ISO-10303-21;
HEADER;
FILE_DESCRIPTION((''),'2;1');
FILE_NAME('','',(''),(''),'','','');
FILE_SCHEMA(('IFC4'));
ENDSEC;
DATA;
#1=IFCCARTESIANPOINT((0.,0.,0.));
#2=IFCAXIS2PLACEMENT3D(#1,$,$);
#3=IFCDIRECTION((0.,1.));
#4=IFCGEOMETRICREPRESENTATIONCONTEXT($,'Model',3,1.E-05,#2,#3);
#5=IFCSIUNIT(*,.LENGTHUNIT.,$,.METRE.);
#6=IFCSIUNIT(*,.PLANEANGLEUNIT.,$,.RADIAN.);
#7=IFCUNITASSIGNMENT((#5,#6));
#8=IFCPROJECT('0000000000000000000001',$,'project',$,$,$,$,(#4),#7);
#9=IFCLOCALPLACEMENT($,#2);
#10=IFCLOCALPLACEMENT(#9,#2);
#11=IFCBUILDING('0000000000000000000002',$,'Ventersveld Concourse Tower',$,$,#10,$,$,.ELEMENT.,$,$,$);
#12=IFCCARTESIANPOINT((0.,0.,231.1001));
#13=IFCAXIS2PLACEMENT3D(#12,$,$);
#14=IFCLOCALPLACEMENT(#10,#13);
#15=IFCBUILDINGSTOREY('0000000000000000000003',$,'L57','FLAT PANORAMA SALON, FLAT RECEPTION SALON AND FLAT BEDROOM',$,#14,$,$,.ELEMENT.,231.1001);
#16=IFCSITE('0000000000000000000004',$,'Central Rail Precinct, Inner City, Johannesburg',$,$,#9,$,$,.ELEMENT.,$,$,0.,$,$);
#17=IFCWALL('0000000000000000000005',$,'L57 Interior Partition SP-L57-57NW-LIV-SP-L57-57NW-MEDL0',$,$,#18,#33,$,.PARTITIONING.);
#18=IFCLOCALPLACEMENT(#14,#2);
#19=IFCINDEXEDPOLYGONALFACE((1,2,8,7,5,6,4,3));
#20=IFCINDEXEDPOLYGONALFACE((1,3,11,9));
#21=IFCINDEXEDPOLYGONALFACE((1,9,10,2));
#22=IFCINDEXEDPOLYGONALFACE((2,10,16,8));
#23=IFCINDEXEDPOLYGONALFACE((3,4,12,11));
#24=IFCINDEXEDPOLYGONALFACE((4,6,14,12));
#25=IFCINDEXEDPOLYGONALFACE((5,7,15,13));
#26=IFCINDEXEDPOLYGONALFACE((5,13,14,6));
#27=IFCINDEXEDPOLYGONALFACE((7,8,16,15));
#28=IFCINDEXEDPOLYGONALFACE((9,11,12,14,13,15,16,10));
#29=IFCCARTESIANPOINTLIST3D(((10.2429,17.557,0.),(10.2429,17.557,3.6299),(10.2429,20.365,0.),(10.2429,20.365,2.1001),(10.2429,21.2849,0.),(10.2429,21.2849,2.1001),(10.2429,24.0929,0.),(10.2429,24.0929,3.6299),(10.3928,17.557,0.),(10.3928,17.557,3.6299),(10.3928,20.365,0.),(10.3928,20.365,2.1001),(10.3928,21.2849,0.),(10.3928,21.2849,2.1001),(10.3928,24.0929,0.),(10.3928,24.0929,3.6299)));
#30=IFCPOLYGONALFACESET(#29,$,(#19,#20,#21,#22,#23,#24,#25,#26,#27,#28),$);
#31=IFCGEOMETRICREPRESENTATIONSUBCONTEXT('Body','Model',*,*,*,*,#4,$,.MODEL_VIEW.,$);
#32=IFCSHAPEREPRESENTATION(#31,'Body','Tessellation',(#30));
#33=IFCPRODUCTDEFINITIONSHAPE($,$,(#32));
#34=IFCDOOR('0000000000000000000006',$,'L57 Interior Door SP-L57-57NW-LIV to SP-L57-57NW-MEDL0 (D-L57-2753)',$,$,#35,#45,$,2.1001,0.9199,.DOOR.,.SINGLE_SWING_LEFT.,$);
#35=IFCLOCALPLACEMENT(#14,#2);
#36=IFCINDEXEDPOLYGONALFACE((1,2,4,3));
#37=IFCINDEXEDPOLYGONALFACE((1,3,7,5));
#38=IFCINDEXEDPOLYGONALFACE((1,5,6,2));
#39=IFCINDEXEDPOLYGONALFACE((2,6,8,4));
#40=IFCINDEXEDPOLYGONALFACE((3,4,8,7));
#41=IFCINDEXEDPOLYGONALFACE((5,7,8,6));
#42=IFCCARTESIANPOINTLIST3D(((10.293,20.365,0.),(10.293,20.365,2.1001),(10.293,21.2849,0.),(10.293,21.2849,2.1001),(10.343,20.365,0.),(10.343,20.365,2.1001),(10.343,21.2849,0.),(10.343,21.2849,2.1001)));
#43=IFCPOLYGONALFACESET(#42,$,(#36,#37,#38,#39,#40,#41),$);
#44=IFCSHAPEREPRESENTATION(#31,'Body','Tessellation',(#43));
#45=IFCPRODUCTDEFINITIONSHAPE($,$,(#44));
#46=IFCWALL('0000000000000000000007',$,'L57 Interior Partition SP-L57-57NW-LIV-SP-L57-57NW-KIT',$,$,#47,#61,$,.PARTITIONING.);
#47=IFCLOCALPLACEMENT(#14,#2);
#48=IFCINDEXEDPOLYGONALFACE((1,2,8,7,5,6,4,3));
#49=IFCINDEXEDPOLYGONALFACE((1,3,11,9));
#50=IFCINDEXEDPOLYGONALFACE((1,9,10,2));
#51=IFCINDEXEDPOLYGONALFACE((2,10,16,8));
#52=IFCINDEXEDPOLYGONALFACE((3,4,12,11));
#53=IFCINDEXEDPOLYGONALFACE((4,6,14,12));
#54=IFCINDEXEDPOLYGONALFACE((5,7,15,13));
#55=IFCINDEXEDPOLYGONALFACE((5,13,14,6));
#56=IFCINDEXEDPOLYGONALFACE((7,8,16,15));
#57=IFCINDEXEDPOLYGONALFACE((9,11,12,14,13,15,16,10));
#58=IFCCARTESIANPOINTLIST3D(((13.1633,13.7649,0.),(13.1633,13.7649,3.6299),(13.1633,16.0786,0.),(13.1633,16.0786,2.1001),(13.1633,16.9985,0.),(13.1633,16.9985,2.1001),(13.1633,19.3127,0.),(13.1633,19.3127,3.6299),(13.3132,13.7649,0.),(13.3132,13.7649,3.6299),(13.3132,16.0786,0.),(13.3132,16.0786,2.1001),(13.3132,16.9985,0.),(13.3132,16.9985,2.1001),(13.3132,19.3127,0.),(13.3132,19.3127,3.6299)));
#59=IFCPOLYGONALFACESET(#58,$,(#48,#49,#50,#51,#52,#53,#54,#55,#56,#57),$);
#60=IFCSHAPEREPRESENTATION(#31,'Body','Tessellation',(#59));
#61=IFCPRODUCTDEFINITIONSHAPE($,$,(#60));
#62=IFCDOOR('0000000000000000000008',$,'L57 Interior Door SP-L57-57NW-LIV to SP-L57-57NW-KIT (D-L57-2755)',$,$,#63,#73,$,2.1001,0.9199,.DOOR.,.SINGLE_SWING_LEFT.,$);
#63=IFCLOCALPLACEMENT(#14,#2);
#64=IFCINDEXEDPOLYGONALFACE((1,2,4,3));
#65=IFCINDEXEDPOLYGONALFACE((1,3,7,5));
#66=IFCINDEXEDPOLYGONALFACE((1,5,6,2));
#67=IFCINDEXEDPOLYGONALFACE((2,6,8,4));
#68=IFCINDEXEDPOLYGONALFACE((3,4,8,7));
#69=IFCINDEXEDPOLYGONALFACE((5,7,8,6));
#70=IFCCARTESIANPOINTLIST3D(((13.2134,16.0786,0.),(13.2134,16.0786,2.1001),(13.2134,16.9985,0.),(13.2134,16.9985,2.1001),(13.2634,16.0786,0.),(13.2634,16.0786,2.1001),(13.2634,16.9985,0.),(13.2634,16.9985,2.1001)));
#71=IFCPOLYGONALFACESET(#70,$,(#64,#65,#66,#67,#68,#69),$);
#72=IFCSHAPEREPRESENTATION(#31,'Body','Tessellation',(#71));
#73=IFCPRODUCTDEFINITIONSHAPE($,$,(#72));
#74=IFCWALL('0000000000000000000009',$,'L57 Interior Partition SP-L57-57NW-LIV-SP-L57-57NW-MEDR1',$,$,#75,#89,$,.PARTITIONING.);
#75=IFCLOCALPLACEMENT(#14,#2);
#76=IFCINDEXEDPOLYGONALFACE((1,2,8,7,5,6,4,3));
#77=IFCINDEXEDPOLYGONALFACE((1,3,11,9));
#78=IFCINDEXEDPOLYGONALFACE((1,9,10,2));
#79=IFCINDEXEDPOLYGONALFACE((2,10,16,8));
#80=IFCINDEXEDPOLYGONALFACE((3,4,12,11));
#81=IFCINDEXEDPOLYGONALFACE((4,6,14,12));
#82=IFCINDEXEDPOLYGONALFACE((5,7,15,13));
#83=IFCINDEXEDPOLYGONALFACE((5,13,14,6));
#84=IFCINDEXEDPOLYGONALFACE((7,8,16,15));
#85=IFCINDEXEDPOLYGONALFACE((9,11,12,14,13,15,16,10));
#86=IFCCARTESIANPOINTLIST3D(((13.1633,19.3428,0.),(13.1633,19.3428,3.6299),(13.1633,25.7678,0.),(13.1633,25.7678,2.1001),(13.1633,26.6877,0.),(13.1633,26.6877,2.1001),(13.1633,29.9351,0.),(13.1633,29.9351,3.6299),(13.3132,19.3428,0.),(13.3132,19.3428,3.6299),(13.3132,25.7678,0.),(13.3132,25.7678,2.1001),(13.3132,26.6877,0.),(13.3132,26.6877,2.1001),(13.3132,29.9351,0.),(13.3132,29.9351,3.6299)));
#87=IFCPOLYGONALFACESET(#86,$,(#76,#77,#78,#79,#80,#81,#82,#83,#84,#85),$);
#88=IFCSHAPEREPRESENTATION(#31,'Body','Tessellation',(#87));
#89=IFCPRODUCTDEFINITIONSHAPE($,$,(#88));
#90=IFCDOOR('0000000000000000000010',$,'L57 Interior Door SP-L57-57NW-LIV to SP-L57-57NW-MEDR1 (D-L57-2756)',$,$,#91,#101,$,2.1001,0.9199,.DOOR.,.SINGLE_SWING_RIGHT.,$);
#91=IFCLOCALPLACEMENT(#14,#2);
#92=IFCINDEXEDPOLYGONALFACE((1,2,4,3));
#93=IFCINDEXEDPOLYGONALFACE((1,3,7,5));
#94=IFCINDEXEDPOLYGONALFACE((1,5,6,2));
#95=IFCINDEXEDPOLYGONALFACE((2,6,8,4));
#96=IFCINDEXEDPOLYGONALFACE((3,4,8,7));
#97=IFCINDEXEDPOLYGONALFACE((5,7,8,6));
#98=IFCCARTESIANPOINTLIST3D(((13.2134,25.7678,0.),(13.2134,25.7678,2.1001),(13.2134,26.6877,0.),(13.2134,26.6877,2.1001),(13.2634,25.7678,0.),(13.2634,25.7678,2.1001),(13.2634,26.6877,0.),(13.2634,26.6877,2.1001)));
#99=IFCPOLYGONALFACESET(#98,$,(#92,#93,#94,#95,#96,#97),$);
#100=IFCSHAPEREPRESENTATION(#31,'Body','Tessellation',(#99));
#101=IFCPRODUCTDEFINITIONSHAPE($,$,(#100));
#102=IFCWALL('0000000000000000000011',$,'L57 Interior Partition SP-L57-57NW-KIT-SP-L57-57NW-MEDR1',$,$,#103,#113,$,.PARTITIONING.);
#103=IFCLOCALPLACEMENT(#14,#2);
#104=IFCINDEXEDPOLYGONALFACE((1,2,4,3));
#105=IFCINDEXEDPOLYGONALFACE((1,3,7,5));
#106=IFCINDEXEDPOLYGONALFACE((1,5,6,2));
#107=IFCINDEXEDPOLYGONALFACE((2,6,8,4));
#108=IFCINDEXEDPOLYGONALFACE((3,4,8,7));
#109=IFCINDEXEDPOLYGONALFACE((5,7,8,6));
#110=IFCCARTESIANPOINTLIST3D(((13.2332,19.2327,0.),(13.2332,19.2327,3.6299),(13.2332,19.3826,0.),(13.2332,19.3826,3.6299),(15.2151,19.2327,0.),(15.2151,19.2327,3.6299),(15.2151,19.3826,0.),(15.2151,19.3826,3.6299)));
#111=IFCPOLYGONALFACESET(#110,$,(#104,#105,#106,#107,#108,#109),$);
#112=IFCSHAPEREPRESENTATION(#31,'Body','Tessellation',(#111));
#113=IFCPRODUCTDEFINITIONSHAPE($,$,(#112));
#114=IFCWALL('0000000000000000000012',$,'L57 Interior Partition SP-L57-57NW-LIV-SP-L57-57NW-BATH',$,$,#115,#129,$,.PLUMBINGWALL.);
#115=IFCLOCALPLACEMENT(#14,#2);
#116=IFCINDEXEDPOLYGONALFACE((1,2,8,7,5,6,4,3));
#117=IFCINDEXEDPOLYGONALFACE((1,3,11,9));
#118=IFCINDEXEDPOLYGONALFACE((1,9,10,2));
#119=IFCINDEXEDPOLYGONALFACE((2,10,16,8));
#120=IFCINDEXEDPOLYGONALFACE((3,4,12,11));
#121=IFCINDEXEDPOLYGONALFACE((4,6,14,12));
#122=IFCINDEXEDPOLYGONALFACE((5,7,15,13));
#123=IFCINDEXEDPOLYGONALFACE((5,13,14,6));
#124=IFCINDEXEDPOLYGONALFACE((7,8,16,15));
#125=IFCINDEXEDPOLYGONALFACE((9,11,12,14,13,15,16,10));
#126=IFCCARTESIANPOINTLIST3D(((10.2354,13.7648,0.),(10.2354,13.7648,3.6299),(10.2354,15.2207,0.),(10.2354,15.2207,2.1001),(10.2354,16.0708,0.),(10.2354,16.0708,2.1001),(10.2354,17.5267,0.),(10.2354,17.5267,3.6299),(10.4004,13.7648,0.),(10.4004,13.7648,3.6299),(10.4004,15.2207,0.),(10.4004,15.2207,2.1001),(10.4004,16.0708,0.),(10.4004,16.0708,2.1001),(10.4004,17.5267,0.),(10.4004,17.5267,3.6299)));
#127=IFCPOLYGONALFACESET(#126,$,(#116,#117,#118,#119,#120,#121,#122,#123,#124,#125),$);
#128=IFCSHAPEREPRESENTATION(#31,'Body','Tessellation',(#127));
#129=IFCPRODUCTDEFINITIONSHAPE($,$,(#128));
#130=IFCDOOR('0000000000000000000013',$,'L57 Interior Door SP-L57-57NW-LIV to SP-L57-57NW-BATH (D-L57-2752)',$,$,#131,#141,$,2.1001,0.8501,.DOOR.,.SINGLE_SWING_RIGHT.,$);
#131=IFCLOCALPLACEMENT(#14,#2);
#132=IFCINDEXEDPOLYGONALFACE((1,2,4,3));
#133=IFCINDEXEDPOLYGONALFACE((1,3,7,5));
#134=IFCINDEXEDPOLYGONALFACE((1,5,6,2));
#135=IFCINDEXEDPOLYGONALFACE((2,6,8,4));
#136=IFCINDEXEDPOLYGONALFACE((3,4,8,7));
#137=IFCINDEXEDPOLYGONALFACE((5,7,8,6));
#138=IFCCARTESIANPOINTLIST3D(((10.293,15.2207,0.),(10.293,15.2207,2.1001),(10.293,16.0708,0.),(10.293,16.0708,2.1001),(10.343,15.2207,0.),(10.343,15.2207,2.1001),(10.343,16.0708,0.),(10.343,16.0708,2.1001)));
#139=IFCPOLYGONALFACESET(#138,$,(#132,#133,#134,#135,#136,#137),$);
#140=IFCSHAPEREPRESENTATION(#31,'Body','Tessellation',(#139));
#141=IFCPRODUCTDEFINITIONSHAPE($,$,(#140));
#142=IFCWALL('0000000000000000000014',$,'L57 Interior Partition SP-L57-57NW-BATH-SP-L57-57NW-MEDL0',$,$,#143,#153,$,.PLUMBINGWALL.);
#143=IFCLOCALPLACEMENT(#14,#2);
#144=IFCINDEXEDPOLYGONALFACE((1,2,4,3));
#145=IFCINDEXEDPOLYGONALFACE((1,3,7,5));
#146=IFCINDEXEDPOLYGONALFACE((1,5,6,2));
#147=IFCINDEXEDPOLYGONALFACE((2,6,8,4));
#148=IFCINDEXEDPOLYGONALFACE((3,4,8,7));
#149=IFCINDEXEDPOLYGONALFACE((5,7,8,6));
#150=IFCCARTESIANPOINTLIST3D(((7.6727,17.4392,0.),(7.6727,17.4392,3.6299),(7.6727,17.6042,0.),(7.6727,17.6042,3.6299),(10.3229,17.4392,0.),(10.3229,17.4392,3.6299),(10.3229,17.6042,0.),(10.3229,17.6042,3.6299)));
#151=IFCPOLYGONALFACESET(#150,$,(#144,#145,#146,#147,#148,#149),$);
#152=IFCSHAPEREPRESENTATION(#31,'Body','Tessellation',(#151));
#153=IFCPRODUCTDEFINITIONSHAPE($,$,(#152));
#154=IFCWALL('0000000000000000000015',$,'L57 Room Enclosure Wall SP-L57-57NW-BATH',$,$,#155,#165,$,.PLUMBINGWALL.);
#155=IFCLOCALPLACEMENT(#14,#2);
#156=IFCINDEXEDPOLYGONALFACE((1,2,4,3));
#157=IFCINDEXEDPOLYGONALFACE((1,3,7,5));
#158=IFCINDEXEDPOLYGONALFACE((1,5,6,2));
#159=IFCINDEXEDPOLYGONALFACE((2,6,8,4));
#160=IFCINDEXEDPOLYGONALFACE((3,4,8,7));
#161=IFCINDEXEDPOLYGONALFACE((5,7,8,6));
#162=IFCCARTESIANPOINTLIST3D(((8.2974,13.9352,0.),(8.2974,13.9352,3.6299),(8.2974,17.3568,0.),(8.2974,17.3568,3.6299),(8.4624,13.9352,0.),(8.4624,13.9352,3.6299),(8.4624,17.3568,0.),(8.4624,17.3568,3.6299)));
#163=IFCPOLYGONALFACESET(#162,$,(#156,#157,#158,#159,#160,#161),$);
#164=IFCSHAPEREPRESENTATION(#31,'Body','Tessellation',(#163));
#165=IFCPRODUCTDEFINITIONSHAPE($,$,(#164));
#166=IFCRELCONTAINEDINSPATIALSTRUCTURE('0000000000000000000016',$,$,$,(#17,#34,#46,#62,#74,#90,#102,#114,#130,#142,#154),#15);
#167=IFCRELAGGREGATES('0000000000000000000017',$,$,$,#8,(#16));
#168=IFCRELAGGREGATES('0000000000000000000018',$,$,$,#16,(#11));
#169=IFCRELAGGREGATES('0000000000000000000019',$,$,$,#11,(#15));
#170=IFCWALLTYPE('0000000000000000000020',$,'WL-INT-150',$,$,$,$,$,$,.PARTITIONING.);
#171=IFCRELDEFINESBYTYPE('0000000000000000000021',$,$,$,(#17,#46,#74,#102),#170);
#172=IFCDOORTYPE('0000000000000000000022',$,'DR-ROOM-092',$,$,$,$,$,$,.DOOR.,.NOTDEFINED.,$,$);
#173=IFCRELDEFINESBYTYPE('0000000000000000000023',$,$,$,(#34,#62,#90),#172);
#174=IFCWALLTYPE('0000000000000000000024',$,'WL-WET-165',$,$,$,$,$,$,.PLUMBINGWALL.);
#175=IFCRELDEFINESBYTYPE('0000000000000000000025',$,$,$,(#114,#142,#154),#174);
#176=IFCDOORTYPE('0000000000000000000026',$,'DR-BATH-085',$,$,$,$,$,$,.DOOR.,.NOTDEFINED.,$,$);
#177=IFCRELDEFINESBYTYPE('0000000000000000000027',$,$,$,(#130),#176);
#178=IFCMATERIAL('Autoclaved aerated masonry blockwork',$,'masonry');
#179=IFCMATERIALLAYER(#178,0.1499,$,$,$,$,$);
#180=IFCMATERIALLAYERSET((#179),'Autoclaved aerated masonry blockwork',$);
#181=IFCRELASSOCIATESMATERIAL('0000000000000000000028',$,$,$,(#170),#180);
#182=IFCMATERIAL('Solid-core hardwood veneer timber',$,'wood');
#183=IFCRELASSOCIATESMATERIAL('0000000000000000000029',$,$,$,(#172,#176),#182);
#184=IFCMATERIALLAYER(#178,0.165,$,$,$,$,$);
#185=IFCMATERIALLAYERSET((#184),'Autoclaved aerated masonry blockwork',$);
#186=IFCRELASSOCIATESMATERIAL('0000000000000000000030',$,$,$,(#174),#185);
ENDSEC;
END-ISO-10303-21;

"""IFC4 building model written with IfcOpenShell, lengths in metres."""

from ifc_helpers import new_model, si_unit, direction, frame, frame_2d, origin, place, context, subcontext, project, spatial, rectangle, extrude, material, layer, layer_set, type_object, element, fill, save


model = new_model("IFC4")

# Units and contexts
model_context = context("Model", 3, precision=1e-05, world=origin(), true_north=direction((0.0, 1.0)))
body_context = subcontext(model_context, "Body", "Model", "MODEL_VIEW")
ifc_project = project(units=[si_unit("LENGTHUNIT", "METRE"), si_unit("PLANEANGLEUNIT", "RADIAN")], contexts=[model_context])

# Site, building, storey
site_placement = place(None, origin())
site = spatial("IfcSite", under=ifc_project, at=site_placement, Name="Central Rail Precinct, Inner City, Johannesburg", CompositionType="ELEMENT", RefElevation=0.0)
building_placement = place(site_placement, origin())
building = spatial("IfcBuilding", under=site, at=building_placement, Name="Ventersveld Concourse Tower", CompositionType="ELEMENT")
storey_placement = place(building_placement, frame((0.0, 0.0, 231.1001)))
storey = spatial("IfcBuildingStorey", under=building, at=storey_placement, Name="L57", Description="FLAT PANORAMA SALON, FLAT RECEPTION SALON AND FLAT BEDROOM", CompositionType="ELEMENT", Elevation=231.1001)

# Shared definitions
ifc_material_1 = material(Name="Solid-core hardwood veneer timber", Category="wood")

# Walls, openings, doors
ifc_material_2 = material(Name="Autoclaved aerated masonry blockwork", Category="masonry")
ifc_layer_1 = layer(ifc_material_2, 0.1499)
ifc_layer_set_1 = layer_set([ifc_layer_1], Name="Autoclaved aerated masonry blockwork")
wall_type_1 = type_object("IfcWallType", Name="WL-INT-150", PredefinedType="PARTITIONING", material=ifc_layer_set_1)
wall_1_placement = place(storey_placement, frame((10.3179, 17.5569, 0.0), z_axis=(0.0, 0.0, 1.0), x_axis=(0.0, 1.0, 0.0)))
wall_1 = element("IfcWall", 1, at=wall_1_placement, inside=storey, type_object=wall_type_1, Name="L57 Interior Partition SP-L57-57NW-LIV-SP-L57-57NW-MEDL0", PredefinedType="PARTITIONING", context=body_context, shape_type="SweptSolid", body=[
    extrude(rectangle(XDim=6.5359, YDim=0.1499, at=frame_2d((3.2681, 0.0))), origin(), (0.0, 0.0, 1.0), 3.6299),
])
opening_1_placement = place(wall_1_placement, frame((2.8081, 0.0, 0.0)))
opening_1 = element("IfcOpeningElement", 2, at=opening_1_placement, cuts=wall_1, PredefinedType="OPENING", context=body_context, shape_type="SweptSolid", body=[
    extrude(rectangle(XDim=0.9199, YDim=2.1001, at=frame_2d((0.46, 1.05))), frame((0.0, 0.085, 0.0), z_axis=(0.0, -1.0, 0.0), x_axis=(1.0, 0.0, 0.0)), (0.0, 0.0, 1.0), 0.1699),
])
door_type_1 = type_object("IfcDoorType", Name="DR-ROOM-092", OperationType="NOTDEFINED", PredefinedType="DOOR", material=ifc_material_1)
door_1_placement = place(opening_1_placement, origin())
door_1 = element("IfcDoor", 3, at=door_1_placement, inside=storey, type_object=door_type_1, Name="L57 Interior Door SP-L57-57NW-LIV to SP-L57-57NW-MEDL0 (D-L57-2753)", OperationType="SINGLE_SWING_LEFT", OverallHeight=2.1001, OverallWidth=0.9199, PredefinedType="DOOR", context=body_context, shape_type="SweptSolid", body=[
    extrude(rectangle(XDim=0.9199, YDim=2.1001, at=frame_2d((0.46, 1.05))), frame((0.0, 0.0249, 0.0), z_axis=(0.0, -1.0, 0.0), x_axis=(1.0, 0.0, 0.0)), (0.0, 0.0, 1.0), 0.05),
])
fill(opening_1, door_1)
wall_2_placement = place(storey_placement, frame((13.2383, 13.7649, 0.0), z_axis=(0.0, 0.0, 1.0), x_axis=(0.0, 1.0, 0.0)))
wall_2 = element("IfcWall", 4, at=wall_2_placement, inside=storey, type_object=wall_type_1, Name="L57 Interior Partition SP-L57-57NW-LIV-SP-L57-57NW-KIT", PredefinedType="PARTITIONING", context=body_context, shape_type="SweptSolid", body=[
    extrude(rectangle(XDim=5.5479, YDim=0.1499, at=frame_2d((2.7739, 0.0))), origin(), (0.0, 0.0, 1.0), 3.6299),
])
opening_2_placement = place(wall_2_placement, frame((2.3137, 0.0, 0.0)))
opening_2 = element("IfcOpeningElement", 5, at=opening_2_placement, cuts=wall_2, PredefinedType="OPENING", context=body_context, shape_type="SweptSolid", body=[
    extrude(rectangle(XDim=0.9199, YDim=2.1001, at=frame_2d((0.46, 1.05))), frame((0.0, 0.085, 0.0), z_axis=(0.0, -1.0, 0.0), x_axis=(1.0, 0.0, 0.0)), (0.0, 0.0, 1.0), 0.1699),
])
door_2_placement = place(opening_2_placement, origin())
door_2 = element("IfcDoor", 6, at=door_2_placement, inside=storey, type_object=door_type_1, Name="L57 Interior Door SP-L57-57NW-LIV to SP-L57-57NW-KIT (D-L57-2755)", OperationType="SINGLE_SWING_LEFT", OverallHeight=2.1001, OverallWidth=0.9199, PredefinedType="DOOR", context=body_context, shape_type="SweptSolid", body=[
    extrude(rectangle(XDim=0.9199, YDim=2.1001, at=frame_2d((0.46, 1.05))), frame((0.0, 0.0249, 0.0), z_axis=(0.0, -1.0, 0.0), x_axis=(1.0, 0.0, 0.0)), (0.0, 0.0, 1.0), 0.05),
])
fill(opening_2, door_2)
wall_3_placement = place(storey_placement, frame((13.2383, 19.3428, 0.0), z_axis=(0.0, 0.0, 1.0), x_axis=(0.0, 1.0, 0.0)))
wall_3 = element("IfcWall", 7, at=wall_3_placement, inside=storey, type_object=wall_type_1, Name="L57 Interior Partition SP-L57-57NW-LIV-SP-L57-57NW-MEDR1", PredefinedType="PARTITIONING", context=body_context, shape_type="SweptSolid", body=[
    extrude(rectangle(XDim=10.5923, YDim=0.1499, at=frame_2d((5.2961, 0.0))), origin(), (0.0, 0.0, 1.0), 3.6299),
])
opening_3_placement = place(wall_3_placement, frame((6.425, 0.0, 0.0)))
opening_3 = element("IfcOpeningElement", 8, at=opening_3_placement, cuts=wall_3, PredefinedType="OPENING", context=body_context, shape_type="SweptSolid", body=[
    extrude(rectangle(XDim=0.9199, YDim=2.1001, at=frame_2d((0.46, 1.05))), frame((0.0, 0.085, 0.0), z_axis=(0.0, -1.0, 0.0), x_axis=(1.0, 0.0, 0.0)), (0.0, 0.0, 1.0), 0.1699),
])
door_3_placement = place(opening_3_placement, origin())
door_3 = element("IfcDoor", 9, at=door_3_placement, inside=storey, type_object=door_type_1, Name="L57 Interior Door SP-L57-57NW-LIV to SP-L57-57NW-MEDR1 (D-L57-2756)", OperationType="SINGLE_SWING_RIGHT", OverallHeight=2.1001, OverallWidth=0.9199, PredefinedType="DOOR", context=body_context, shape_type="SweptSolid", body=[
    extrude(rectangle(XDim=0.9199, YDim=2.1001, at=frame_2d((0.46, 1.05))), frame((0.0, 0.0249, 0.0), z_axis=(0.0, -1.0, 0.0), x_axis=(1.0, 0.0, 0.0)), (0.0, 0.0, 1.0), 0.05),
])
fill(opening_3, door_3)

# Wall
wall_4_placement = place(storey_placement, frame((13.2332, 19.3076, 0.0), z_axis=(0.0, 0.0, 1.0), x_axis=(1.0, 0.0, 0.0)))
element("IfcWall", 10, at=wall_4_placement, inside=storey, type_object=wall_type_1, Name="L57 Interior Partition SP-L57-57NW-KIT-SP-L57-57NW-MEDR1", PredefinedType="PARTITIONING", context=body_context, shape_type="SweptSolid", body=[
    extrude(rectangle(XDim=1.9819, YDim=0.1499, at=frame_2d((0.991, 0.0))), origin(), (0.0, 0.0, 1.0), 3.6299),
])

# Wall, opening, door
ifc_layer_2 = layer(ifc_material_2, 0.165)
ifc_layer_set_2 = layer_set([ifc_layer_2], Name="Autoclaved aerated masonry blockwork")
wall_type_2 = type_object("IfcWallType", Name="WL-WET-165", PredefinedType="PLUMBINGWALL", material=ifc_layer_set_2)
wall_5_placement = place(storey_placement, frame((10.3179, 13.7649, 0.0), z_axis=(0.0, 0.0, 1.0), x_axis=(0.0, 1.0, 0.0)))
wall_5 = element("IfcWall", 11, at=wall_5_placement, inside=storey, type_object=wall_type_2, Name="L57 Interior Partition SP-L57-57NW-LIV-SP-L57-57NW-BATH", PredefinedType="PLUMBINGWALL", context=body_context, shape_type="SweptSolid", body=[
    extrude(rectangle(XDim=3.762, YDim=0.165, at=frame_2d((1.8809, 0.0))), origin(), (0.0, 0.0, 1.0), 3.6299),
])
opening_4_placement = place(wall_5_placement, frame((1.4558, 0.0, 0.0)))
opening_4 = element("IfcOpeningElement", 12, at=opening_4_placement, cuts=wall_5, PredefinedType="OPENING", context=body_context, shape_type="SweptSolid", body=[
    extrude(rectangle(XDim=0.8501, YDim=2.1001, at=frame_2d((0.425, 1.05))), frame((0.0, 0.0925, 0.0), z_axis=(0.0, -1.0, 0.0), x_axis=(1.0, 0.0, 0.0)), (0.0, 0.0, 1.0), 0.1851),
])
door_type_2 = type_object("IfcDoorType", Name="DR-BATH-085", OperationType="NOTDEFINED", PredefinedType="DOOR", material=ifc_material_1)
door_4_placement = place(opening_4_placement, origin())
door_4 = element("IfcDoor", 13, at=door_4_placement, inside=storey, type_object=door_type_2, Name="L57 Interior Door SP-L57-57NW-LIV to SP-L57-57NW-BATH (D-L57-2752)", OperationType="SINGLE_SWING_RIGHT", OverallHeight=2.1001, OverallWidth=0.8501, PredefinedType="DOOR", context=body_context, shape_type="SweptSolid", body=[
    extrude(rectangle(XDim=0.8501, YDim=2.1001, at=frame_2d((0.425, 1.05))), frame((0.0, 0.0249, 0.0), z_axis=(0.0, -1.0, 0.0), x_axis=(1.0, 0.0, 0.0)), (0.0, 0.0, 1.0), 0.05),
])
fill(opening_4, door_4)

# Walls
wall_6_placement = place(storey_placement, frame((7.6726, 17.5217, 0.0), z_axis=(0.0, 0.0, 1.0), x_axis=(1.0, 0.0, 0.0)))
element("IfcWall", 14, at=wall_6_placement, inside=storey, type_object=wall_type_2, Name="L57 Interior Partition SP-L57-57NW-BATH-SP-L57-57NW-MEDL0", PredefinedType="PLUMBINGWALL", context=body_context, shape_type="SweptSolid", body=[
    extrude(rectangle(XDim=2.6501, YDim=0.165, at=frame_2d((1.3252, 0.0))), origin(), (0.0, 0.0, 1.0), 3.6299),
])
wall_7_placement = place(storey_placement, frame((8.3799, 13.9351, 0.0), z_axis=(0.0, 0.0, 1.0), x_axis=(0.0, 1.0, 0.0)))
element("IfcWall", 15, at=wall_7_placement, inside=storey, type_object=wall_type_2, Name="L57 Room Enclosure Wall SP-L57-57NW-BATH", PredefinedType="PLUMBINGWALL", context=body_context, shape_type="SweptSolid", body=[
    extrude(rectangle(XDim=3.4216, YDim=0.165, at=frame_2d((1.7109, 0.0))), origin(), (0.0, 0.0, 1.0), 3.6299),
])

save(model, "model.ifc")
